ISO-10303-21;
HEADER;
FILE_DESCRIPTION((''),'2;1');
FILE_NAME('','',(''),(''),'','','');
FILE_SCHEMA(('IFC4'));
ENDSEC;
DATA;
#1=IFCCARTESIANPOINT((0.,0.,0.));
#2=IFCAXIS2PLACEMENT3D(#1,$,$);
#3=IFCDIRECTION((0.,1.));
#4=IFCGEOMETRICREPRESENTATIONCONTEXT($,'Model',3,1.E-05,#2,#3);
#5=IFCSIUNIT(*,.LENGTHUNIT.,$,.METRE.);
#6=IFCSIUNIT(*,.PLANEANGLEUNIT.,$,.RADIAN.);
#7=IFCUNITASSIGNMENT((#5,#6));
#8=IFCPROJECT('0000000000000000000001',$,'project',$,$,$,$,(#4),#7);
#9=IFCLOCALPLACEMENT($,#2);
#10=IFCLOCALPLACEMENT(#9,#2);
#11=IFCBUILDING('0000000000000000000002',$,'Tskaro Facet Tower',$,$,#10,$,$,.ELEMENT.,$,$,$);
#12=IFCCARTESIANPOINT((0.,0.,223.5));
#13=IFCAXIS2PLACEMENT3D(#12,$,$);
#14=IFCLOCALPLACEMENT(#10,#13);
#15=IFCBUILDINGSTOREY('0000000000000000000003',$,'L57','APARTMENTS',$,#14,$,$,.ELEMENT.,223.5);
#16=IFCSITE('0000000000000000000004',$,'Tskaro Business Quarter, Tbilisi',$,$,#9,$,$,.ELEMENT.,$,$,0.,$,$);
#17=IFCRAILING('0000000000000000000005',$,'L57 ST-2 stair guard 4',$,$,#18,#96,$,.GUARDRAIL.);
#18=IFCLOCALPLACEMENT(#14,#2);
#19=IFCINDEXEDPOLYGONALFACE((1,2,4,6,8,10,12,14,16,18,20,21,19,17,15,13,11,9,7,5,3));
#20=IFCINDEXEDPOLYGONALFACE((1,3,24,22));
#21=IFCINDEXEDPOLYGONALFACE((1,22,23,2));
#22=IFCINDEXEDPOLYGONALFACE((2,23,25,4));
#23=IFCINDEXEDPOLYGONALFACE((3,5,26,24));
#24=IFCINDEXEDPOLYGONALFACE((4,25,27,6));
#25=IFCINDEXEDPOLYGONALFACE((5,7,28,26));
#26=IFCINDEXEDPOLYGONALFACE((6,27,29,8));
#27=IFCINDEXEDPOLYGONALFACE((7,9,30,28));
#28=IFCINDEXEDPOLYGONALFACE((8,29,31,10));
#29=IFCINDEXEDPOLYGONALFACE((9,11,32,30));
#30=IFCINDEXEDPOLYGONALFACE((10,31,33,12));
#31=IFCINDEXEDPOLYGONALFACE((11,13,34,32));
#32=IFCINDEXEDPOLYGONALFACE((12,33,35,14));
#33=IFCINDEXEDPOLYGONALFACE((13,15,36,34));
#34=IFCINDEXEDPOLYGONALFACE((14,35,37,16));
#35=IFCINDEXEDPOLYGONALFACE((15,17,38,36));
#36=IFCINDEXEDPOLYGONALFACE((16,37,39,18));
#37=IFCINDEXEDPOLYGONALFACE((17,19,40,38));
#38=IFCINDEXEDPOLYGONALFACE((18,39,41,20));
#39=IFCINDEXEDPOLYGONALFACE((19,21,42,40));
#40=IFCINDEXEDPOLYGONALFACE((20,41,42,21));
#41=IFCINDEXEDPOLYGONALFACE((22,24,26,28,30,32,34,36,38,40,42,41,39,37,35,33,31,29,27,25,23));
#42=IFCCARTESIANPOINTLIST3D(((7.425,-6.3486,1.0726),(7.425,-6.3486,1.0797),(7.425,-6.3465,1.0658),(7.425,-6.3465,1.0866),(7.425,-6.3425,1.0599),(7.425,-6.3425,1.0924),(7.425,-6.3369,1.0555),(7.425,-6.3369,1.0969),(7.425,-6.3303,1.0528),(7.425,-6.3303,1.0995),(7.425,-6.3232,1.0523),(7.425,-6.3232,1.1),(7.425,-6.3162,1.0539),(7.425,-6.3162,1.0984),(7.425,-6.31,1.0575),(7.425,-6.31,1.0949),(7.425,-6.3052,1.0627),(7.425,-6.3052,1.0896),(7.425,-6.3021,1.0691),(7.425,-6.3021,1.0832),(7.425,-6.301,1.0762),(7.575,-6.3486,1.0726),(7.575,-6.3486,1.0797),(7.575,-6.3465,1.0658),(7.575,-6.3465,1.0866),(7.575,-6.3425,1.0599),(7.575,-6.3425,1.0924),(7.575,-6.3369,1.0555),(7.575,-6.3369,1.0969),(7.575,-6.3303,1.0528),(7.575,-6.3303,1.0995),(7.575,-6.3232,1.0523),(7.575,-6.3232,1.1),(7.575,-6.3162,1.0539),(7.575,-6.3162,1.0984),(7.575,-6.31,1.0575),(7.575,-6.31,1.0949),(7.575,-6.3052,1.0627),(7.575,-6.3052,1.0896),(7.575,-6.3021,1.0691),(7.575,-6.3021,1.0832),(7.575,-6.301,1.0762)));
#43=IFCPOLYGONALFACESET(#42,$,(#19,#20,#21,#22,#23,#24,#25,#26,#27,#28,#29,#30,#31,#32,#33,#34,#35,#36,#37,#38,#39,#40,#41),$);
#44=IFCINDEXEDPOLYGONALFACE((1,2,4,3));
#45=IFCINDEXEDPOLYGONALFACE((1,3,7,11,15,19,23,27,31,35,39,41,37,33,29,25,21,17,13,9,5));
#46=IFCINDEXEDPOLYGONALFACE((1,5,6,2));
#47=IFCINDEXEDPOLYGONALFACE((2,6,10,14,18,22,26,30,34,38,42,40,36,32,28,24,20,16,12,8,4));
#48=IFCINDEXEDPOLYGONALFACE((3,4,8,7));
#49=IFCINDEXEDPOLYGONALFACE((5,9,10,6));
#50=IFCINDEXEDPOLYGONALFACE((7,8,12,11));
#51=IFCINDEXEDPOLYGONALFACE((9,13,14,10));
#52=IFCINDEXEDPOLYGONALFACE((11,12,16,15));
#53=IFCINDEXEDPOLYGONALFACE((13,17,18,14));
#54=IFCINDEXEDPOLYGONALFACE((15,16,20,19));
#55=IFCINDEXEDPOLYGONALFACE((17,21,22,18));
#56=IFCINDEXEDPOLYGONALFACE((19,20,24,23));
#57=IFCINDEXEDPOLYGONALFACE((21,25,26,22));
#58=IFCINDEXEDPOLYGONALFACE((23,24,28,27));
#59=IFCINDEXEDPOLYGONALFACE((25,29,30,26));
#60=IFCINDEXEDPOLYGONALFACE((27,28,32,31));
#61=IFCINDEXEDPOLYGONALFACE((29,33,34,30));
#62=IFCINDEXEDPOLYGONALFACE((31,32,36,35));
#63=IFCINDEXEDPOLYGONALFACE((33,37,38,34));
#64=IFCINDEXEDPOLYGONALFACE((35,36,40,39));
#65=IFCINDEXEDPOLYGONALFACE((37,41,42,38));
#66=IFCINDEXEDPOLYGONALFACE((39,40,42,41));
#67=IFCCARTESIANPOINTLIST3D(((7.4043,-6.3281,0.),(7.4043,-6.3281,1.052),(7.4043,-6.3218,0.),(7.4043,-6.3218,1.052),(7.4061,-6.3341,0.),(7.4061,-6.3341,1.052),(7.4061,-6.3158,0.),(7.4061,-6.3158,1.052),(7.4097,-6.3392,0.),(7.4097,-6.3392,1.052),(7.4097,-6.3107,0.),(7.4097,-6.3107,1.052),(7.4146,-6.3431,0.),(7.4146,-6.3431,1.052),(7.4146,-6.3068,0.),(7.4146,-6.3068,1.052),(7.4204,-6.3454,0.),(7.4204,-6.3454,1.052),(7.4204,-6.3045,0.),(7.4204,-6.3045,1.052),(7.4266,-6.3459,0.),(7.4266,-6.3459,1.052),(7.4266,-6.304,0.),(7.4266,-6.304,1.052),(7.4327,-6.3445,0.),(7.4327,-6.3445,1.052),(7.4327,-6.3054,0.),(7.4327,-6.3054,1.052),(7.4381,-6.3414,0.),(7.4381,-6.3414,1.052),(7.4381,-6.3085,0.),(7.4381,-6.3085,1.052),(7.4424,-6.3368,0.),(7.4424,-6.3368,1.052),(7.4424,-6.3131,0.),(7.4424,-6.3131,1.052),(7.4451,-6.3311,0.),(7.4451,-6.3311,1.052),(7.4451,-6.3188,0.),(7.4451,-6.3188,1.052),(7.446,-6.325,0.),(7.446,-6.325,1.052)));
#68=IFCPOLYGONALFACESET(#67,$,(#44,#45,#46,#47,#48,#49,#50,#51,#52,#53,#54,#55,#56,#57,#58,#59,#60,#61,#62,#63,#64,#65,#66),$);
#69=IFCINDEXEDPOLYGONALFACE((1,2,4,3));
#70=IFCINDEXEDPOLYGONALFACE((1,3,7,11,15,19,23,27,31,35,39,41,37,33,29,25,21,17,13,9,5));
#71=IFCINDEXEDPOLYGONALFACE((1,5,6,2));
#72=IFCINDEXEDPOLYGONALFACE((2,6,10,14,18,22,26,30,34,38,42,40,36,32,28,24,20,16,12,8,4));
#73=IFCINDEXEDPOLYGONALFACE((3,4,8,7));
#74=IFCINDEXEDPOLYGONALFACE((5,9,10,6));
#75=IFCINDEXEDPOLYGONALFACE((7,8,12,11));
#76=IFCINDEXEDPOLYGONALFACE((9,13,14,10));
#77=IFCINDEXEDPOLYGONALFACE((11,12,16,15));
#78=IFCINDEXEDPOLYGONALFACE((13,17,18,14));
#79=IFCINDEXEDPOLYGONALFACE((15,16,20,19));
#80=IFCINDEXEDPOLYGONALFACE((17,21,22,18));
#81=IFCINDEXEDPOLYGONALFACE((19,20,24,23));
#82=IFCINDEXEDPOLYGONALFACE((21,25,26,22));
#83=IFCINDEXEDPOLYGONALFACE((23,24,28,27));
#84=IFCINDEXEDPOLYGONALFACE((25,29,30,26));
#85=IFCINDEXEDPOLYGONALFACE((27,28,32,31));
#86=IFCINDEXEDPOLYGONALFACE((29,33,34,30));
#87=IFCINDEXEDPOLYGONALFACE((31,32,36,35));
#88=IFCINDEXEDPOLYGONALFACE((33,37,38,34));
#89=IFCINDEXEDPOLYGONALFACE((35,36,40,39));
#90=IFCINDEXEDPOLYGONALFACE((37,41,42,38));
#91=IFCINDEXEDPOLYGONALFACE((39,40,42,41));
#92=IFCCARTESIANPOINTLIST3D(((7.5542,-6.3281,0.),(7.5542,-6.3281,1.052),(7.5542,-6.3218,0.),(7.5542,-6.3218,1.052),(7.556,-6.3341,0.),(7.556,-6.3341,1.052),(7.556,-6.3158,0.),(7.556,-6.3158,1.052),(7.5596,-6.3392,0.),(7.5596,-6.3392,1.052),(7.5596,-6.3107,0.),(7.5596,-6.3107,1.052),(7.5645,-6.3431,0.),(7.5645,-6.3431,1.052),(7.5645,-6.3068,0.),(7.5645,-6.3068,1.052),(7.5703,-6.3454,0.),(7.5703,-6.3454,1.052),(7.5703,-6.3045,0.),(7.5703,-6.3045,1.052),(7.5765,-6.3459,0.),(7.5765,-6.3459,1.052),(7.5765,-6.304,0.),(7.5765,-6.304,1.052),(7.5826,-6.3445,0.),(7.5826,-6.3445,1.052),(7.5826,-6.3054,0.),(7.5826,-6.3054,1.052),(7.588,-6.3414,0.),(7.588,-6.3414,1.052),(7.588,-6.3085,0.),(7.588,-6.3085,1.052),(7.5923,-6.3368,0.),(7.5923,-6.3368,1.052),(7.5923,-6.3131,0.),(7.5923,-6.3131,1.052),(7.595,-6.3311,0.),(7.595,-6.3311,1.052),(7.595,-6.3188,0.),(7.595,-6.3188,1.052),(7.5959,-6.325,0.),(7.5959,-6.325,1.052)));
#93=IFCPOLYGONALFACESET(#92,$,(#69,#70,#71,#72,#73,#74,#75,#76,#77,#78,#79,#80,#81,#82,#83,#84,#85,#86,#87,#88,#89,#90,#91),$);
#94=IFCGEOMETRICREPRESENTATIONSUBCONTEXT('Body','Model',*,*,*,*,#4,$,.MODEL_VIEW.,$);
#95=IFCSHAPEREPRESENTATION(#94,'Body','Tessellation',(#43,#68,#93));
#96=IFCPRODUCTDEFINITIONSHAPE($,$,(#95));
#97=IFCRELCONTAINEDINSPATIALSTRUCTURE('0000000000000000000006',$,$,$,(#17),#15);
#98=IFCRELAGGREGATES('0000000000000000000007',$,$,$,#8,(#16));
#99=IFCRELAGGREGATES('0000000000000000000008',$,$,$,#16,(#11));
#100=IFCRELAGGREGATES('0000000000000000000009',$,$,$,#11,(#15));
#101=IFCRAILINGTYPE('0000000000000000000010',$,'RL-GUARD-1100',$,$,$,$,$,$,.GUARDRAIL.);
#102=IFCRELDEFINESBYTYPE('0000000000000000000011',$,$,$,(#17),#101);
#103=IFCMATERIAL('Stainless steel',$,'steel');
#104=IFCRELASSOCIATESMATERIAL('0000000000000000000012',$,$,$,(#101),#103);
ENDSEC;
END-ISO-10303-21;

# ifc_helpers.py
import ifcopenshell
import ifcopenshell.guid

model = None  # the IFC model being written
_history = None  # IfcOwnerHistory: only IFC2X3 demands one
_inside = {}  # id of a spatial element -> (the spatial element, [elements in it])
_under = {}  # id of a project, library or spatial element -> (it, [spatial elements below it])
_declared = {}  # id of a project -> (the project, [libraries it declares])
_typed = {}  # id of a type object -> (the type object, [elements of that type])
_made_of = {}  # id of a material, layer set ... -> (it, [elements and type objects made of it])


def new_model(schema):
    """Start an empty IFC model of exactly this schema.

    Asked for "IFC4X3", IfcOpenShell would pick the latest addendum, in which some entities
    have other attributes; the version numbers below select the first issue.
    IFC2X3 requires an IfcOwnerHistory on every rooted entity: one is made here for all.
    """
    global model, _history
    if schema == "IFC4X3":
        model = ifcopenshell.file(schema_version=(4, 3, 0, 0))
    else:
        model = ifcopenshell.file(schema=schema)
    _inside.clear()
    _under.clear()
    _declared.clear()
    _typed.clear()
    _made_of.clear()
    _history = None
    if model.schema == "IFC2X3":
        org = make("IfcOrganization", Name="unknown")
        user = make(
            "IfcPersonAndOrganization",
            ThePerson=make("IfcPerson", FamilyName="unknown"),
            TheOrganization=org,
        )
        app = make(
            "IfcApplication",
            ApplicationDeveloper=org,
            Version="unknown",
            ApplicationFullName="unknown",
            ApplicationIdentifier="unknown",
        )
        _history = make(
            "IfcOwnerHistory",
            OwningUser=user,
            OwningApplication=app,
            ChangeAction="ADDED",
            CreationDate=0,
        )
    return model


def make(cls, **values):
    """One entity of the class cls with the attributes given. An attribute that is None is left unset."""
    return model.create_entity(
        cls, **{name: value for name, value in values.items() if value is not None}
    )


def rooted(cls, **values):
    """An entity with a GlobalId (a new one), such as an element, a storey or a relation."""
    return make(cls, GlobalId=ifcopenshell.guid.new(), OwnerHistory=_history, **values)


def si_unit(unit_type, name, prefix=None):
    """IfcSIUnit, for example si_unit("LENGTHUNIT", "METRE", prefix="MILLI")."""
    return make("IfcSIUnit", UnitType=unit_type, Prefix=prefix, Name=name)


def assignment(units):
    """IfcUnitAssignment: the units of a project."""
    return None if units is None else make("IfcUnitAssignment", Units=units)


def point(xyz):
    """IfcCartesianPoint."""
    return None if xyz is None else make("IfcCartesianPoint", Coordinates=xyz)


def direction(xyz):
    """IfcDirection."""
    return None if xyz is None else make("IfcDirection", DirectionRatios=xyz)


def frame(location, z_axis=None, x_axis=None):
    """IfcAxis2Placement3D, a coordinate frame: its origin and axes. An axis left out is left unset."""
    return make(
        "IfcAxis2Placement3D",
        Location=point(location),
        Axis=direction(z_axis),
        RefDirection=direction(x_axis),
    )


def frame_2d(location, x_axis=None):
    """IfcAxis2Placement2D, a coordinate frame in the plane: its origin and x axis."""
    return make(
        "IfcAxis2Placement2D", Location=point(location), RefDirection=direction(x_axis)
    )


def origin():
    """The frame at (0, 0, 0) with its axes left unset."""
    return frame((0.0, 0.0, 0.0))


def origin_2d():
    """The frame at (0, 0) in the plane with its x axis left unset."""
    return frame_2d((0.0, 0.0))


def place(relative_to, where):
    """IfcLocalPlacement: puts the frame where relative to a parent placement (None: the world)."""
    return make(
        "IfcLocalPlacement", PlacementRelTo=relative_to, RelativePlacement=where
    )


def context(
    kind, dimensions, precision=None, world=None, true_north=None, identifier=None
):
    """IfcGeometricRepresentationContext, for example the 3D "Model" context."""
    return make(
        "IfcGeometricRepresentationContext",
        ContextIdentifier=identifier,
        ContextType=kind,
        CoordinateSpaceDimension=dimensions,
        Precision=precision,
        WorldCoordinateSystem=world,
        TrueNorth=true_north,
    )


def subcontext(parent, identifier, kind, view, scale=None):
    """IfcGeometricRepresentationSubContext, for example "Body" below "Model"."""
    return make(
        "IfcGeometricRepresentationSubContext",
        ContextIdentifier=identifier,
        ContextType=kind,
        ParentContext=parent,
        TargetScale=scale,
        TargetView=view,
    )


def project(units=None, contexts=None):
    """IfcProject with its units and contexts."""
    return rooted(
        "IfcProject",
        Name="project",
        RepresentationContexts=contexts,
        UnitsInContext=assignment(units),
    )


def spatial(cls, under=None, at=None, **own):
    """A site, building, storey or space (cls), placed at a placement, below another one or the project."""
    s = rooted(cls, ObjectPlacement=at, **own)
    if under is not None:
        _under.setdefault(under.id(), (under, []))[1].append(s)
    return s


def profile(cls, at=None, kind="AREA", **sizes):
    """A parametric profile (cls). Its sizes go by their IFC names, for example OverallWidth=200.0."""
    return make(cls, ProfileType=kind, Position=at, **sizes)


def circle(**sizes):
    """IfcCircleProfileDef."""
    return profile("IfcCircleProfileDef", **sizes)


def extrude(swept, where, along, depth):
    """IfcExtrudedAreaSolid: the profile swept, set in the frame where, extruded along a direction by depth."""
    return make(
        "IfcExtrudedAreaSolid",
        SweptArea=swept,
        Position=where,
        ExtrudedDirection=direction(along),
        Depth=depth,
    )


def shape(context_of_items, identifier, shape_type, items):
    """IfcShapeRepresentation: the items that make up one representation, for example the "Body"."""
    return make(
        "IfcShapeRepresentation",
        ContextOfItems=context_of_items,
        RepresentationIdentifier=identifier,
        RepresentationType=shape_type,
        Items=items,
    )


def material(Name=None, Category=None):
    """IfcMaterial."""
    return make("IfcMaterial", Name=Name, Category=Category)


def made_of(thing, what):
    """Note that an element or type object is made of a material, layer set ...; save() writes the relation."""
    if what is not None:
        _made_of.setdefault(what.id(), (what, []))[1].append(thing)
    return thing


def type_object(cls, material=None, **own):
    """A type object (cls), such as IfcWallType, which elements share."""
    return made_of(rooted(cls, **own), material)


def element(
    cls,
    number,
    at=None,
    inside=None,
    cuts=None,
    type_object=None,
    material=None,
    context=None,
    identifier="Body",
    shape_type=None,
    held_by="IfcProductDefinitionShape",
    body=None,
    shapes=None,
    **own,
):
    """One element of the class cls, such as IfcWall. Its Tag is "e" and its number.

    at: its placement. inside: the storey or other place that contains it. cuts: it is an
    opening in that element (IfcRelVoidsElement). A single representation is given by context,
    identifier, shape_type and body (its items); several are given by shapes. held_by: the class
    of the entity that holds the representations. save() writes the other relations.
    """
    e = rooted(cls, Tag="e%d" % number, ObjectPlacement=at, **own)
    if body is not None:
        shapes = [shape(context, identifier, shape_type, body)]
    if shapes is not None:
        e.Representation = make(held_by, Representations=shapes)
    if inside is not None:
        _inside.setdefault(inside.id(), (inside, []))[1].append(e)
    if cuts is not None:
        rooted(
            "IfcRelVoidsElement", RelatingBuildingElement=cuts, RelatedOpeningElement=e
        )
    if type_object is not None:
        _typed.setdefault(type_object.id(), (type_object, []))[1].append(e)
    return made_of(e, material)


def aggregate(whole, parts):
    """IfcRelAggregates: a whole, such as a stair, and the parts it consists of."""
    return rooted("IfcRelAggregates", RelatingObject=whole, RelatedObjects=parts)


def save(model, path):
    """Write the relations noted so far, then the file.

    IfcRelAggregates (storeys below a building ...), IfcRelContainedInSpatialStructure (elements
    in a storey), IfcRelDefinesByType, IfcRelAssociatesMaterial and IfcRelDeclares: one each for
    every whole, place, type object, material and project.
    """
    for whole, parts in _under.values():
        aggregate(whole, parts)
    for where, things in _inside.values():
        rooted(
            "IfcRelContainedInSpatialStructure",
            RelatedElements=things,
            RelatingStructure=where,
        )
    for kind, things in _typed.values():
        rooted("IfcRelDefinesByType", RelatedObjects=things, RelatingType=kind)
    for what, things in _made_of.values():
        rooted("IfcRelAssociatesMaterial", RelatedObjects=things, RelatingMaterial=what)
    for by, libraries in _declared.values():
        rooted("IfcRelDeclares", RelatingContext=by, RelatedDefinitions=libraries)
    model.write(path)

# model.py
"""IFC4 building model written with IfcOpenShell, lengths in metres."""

from ifc_helpers import new_model, si_unit, direction, frame, origin, origin_2d, place, context, subcontext, project, spatial, circle, extrude, material, type_object, element, save


model = new_model("IFC4")

# Units and contexts
model_context = context("Model", 3, precision=1e-05, world=origin(), true_north=direction((0.0, 1.0)))
body_context = subcontext(model_context, "Body", "Model", "MODEL_VIEW")
ifc_project = project(units=[si_unit("LENGTHUNIT", "METRE"), si_unit("PLANEANGLEUNIT", "RADIAN")], contexts=[model_context])

# Site, building, storey
site_placement = place(None, origin())
site = spatial("IfcSite", under=ifc_project, at=site_placement, Name="Tskaro Business Quarter, Tbilisi", CompositionType="ELEMENT", RefElevation=0.0)
building_placement = place(site_placement, origin())
building = spatial("IfcBuilding", under=site, at=building_placement, Name="Tskaro Facet Tower", CompositionType="ELEMENT")
storey_placement = place(building_placement, frame((0.0, 0.0, 223.5)))
storey = spatial("IfcBuildingStorey", under=building, at=storey_placement, Name="L57", Description="APARTMENTS", CompositionType="ELEMENT", Elevation=223.5)

# Railing
ifc_material_1 = material(Name="Stainless steel", Category="steel")
railing_type_1 = type_object("IfcRailingType", Name="RL-GUARD-1100", PredefinedType="GUARDRAIL", material=ifc_material_1)
railing_1_placement = place(storey_placement, frame((7.425, -6.325, 0.0)))
element("IfcRailing", 1, at=railing_1_placement, inside=storey, type_object=railing_type_1, Name="L57 ST-2 stair guard 4", PredefinedType="GUARDRAIL", context=body_context, shape_type="SweptSolid", body=[
    extrude(circle(Radius=0.0239, at=origin_2d()), frame((0.0, 0.0, 1.0762), z_axis=(1.0, 0.0, 0.0), x_axis=(0.0, 1.0, 0.0)), (0.0, 0.0, 1.0), 0.1499),
    extrude(circle(Radius=0.021, at=origin_2d()), origin(), (0.0, 0.0, 1.0), 1.052),
    extrude(circle(Radius=0.021, at=origin_2d()), frame((0.1499, 0.0, 0.0)), (0.0, 0.0, 1.0), 1.052),
])

save(model, "model.ifc")
